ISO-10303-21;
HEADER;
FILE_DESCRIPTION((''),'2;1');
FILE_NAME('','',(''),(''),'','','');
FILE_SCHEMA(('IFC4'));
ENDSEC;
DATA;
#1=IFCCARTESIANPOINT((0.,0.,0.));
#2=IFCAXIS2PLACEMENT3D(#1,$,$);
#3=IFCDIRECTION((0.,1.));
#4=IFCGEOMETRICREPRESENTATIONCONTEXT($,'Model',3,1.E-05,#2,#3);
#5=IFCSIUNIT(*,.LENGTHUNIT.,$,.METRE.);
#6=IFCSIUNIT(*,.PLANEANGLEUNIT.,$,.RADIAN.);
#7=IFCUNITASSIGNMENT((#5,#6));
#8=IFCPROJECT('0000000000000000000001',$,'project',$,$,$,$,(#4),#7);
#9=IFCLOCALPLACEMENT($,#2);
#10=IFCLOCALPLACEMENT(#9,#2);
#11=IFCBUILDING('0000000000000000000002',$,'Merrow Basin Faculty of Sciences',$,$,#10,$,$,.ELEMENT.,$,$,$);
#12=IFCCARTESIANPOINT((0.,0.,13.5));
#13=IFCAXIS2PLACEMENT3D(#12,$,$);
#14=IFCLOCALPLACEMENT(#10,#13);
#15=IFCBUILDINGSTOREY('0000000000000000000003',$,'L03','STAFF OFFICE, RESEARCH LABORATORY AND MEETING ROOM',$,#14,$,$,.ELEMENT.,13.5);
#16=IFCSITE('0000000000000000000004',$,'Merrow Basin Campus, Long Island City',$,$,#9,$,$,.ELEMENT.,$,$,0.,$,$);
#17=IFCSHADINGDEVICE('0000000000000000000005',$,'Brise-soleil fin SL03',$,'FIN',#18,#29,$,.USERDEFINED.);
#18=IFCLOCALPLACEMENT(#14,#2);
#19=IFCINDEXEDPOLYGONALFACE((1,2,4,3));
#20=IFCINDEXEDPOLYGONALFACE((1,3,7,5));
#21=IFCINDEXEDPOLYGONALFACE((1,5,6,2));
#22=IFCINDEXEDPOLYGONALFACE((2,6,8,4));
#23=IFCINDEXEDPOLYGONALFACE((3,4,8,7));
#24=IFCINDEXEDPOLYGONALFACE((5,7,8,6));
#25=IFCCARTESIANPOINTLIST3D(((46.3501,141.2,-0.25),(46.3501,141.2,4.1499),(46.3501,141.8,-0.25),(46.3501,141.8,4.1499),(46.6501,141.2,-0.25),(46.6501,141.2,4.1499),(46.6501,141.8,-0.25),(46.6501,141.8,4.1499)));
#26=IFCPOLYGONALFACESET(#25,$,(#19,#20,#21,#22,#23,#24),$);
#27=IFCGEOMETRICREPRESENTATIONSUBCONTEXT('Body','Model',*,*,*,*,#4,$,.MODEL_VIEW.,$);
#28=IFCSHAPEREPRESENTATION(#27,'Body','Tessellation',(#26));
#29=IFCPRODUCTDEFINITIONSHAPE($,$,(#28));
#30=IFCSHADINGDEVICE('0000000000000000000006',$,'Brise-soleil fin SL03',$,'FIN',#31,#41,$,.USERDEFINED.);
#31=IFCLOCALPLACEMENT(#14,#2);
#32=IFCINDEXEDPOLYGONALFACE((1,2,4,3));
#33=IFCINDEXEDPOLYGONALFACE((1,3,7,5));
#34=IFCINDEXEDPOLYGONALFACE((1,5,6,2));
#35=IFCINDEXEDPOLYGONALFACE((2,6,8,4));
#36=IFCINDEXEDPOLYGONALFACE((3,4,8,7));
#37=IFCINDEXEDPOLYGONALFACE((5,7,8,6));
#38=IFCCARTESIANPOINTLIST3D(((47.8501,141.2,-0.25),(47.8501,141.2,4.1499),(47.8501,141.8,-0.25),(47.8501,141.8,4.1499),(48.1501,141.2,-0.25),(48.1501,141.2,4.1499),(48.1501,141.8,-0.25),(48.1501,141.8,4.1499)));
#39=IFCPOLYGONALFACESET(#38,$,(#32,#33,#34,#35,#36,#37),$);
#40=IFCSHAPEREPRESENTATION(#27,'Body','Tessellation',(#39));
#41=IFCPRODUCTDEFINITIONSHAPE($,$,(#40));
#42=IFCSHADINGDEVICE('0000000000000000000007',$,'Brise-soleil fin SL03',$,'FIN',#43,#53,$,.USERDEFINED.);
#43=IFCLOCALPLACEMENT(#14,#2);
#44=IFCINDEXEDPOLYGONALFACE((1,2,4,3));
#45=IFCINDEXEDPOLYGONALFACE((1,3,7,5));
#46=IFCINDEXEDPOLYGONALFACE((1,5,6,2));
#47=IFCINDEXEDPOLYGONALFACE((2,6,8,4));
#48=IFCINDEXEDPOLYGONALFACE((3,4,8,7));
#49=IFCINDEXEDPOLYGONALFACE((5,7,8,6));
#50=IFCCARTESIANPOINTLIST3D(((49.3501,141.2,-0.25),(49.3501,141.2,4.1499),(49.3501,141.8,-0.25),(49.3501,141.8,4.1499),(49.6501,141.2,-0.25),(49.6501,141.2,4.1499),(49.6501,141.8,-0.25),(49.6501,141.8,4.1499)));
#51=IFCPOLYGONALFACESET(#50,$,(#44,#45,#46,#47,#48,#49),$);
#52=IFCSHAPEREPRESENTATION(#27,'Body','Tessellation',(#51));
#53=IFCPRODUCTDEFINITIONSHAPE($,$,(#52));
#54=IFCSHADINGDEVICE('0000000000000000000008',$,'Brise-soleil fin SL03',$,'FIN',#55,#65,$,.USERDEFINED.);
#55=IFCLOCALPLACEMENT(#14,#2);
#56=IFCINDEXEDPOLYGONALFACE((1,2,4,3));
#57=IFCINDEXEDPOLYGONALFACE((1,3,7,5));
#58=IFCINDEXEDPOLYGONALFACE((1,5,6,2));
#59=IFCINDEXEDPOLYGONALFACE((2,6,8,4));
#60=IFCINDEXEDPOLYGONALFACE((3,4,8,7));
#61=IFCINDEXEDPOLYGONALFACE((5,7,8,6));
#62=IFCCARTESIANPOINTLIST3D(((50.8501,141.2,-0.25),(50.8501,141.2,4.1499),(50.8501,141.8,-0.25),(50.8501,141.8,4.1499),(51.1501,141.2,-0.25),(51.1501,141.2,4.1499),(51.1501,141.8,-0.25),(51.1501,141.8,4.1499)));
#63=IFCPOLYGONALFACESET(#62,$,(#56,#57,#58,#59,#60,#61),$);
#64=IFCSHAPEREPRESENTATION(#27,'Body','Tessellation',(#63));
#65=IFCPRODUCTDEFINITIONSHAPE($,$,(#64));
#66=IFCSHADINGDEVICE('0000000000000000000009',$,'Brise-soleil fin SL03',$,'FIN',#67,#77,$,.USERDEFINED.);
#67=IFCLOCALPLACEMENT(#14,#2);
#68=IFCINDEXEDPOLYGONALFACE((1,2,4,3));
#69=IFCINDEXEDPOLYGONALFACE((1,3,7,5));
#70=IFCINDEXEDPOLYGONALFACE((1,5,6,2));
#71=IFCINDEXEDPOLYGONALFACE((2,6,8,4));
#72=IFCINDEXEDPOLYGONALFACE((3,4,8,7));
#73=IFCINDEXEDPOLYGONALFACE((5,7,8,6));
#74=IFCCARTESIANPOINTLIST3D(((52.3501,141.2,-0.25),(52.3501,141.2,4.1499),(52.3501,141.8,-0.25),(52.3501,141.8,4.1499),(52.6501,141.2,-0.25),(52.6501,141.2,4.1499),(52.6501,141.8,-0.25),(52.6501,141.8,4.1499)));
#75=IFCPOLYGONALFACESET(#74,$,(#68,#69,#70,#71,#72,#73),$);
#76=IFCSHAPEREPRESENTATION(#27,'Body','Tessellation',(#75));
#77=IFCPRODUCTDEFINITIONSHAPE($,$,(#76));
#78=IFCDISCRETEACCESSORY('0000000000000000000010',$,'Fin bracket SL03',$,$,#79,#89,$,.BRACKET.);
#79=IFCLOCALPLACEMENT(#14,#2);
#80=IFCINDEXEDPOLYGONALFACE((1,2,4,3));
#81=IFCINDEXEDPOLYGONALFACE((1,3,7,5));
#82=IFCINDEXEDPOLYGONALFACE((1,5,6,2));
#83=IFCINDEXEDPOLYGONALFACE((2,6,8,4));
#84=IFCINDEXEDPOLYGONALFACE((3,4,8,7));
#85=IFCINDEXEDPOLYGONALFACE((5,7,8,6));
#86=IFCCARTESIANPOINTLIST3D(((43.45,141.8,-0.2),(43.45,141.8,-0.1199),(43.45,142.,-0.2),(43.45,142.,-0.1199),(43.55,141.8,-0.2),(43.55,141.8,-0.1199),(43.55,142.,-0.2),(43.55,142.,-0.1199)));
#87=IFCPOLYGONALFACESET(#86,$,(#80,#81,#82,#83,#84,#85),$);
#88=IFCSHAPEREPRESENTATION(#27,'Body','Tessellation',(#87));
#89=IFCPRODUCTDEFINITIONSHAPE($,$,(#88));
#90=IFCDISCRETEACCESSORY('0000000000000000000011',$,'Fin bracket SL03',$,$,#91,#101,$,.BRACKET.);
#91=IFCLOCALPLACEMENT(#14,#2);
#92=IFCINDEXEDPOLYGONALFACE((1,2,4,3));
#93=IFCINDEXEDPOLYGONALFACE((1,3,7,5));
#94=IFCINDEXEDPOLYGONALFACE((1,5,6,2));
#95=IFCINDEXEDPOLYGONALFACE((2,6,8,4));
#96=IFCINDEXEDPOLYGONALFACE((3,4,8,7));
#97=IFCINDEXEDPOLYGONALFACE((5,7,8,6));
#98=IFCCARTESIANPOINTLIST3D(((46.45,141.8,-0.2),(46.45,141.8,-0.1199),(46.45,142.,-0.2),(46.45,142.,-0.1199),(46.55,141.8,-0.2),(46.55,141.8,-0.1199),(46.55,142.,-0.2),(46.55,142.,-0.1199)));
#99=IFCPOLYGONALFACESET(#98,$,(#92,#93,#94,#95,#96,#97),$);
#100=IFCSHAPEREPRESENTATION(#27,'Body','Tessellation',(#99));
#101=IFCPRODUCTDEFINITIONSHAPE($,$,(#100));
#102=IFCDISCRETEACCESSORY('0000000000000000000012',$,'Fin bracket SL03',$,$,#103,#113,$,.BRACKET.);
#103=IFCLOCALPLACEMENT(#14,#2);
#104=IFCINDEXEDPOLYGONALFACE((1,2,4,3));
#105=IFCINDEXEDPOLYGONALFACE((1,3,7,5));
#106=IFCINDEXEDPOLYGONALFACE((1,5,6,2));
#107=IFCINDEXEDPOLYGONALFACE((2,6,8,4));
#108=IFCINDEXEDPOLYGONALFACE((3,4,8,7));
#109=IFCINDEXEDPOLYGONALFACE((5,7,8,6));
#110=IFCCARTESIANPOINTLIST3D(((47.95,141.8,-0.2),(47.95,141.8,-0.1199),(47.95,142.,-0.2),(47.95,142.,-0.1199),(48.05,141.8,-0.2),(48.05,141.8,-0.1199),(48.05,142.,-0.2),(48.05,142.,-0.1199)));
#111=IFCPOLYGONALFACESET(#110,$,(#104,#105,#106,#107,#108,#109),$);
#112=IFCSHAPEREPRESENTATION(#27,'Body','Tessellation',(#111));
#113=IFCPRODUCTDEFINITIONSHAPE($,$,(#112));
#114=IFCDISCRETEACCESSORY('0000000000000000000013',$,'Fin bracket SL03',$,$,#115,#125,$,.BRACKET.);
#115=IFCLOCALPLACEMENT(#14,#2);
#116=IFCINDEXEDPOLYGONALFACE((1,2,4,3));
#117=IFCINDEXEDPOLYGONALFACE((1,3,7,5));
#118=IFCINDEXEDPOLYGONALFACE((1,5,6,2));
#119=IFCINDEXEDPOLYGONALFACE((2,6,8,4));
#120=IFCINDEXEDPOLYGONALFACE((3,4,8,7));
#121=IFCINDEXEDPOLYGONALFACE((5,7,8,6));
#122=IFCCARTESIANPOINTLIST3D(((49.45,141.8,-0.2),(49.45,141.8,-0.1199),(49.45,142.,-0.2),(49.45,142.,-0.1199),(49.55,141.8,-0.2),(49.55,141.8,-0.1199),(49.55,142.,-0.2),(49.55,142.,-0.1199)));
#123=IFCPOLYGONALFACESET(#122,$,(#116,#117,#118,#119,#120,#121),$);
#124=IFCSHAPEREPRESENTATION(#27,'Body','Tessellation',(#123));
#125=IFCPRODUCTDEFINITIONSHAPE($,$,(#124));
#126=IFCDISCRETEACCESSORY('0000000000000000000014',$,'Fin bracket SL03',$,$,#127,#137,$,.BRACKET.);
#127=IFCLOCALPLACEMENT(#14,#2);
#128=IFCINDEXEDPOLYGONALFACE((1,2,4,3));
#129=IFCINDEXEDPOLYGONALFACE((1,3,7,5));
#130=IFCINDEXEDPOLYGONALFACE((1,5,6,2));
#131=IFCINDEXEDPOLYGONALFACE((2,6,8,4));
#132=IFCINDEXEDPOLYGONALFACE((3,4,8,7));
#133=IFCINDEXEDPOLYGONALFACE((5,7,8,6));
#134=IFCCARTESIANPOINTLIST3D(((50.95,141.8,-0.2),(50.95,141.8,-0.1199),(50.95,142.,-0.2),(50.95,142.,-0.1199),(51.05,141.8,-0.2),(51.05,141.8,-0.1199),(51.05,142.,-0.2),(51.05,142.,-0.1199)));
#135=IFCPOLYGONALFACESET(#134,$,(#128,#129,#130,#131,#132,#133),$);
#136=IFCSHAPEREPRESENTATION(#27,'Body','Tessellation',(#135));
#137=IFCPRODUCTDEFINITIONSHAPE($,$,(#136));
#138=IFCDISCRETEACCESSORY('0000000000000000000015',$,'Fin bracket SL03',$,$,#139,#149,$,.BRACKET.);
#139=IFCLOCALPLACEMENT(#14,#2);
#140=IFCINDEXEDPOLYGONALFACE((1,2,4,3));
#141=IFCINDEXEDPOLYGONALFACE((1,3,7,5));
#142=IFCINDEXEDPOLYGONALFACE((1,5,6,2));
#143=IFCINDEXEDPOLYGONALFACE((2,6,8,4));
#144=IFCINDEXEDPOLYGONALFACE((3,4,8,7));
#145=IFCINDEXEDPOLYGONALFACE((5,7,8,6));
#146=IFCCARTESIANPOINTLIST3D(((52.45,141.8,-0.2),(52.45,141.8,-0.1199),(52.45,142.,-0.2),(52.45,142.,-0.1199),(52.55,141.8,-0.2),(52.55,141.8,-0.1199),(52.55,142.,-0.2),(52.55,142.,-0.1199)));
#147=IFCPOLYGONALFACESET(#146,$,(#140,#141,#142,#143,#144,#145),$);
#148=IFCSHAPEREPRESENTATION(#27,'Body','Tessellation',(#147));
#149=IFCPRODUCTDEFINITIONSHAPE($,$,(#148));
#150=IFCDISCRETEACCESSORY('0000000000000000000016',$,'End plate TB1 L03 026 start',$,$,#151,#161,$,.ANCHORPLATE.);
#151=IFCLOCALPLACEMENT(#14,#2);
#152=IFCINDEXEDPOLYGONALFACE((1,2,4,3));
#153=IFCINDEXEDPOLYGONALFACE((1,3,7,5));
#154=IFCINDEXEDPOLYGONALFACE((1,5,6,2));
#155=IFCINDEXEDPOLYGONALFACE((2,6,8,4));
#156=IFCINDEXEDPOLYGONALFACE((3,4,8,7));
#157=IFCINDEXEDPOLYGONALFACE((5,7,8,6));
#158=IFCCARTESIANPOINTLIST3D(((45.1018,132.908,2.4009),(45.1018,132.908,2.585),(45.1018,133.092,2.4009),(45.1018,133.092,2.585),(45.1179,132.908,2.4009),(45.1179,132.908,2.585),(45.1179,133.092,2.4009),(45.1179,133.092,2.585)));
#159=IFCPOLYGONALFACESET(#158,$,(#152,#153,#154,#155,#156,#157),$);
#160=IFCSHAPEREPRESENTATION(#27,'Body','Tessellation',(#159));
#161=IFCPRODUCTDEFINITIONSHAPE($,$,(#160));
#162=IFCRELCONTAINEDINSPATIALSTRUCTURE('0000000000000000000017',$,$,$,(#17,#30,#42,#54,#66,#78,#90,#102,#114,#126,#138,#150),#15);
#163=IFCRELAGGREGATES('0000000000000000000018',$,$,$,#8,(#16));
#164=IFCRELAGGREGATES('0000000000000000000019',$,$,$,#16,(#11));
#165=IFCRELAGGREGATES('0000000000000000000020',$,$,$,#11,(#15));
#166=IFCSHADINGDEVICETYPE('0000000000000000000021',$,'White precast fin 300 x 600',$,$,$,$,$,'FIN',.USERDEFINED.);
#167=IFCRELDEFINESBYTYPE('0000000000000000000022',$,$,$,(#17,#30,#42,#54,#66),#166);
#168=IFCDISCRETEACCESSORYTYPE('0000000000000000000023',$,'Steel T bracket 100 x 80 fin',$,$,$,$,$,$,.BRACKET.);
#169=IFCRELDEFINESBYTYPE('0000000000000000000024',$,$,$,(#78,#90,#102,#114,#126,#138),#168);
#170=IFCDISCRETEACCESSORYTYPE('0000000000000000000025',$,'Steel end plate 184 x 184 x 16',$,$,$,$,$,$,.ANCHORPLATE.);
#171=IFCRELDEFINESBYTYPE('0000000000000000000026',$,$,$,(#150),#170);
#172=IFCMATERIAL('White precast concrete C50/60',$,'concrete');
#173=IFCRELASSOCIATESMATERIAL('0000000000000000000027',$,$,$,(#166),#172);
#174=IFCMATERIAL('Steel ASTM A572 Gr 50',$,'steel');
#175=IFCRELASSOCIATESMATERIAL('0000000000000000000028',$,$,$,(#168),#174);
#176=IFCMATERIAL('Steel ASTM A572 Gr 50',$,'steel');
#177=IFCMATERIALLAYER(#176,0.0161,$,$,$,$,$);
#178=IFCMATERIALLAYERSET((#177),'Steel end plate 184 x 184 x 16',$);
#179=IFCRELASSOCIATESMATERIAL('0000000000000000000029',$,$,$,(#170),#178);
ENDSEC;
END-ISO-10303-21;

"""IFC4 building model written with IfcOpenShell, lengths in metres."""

from ifc_helpers import new_model, si_unit, direction, frame, origin, place, context, subcontext, project, spatial, polyline, outline, extrude, source, transform, mapped, material, layer, layer_set, type_object, element, save


model = new_model("IFC4")

# Units and contexts
model_context = context("Model", 3, precision=1e-05, world=origin(), true_north=direction((0.0, 1.0)))
body_context = subcontext(model_context, "Body", "Model", "MODEL_VIEW")
ifc_project = project(units=[si_unit("LENGTHUNIT", "METRE"), si_unit("PLANEANGLEUNIT", "RADIAN")], contexts=[model_context])

# Site, building, storey
site_placement = place(None, origin())
site = spatial("IfcSite", under=ifc_project, at=site_placement, Name="Merrow Basin Campus, Long Island City", CompositionType="ELEMENT", RefElevation=0.0)
building_placement = place(site_placement, origin())
building = spatial("IfcBuilding", under=site, at=building_placement, Name="Merrow Basin Faculty of Sciences", CompositionType="ELEMENT")
storey_placement = place(building_placement, frame((0.0, 0.0, 13.5)))
storey = spatial("IfcBuildingStorey", under=building, at=storey_placement, Name="L03", Description="STAFF OFFICE, RESEARCH LABORATORY AND MEETING ROOM", CompositionType="ELEMENT", Elevation=13.5)

# Shading devices
ifc_material_1 = material(Name="White precast concrete C50/60", Category="concrete")
shading_device_type = type_object("IfcShadingDeviceType", Name="White precast fin 300 x 600", ElementType="FIN", PredefinedType="USERDEFINED", material=ifc_material_1)
shared_shape_1 = source(origin(), body_context, "Body", "SweptSolid", [
    extrude(outline(polyline([(0.0, 0.0), (0.3, 0.0), (0.3, 4.3999), (0.0, 4.3999), (0.0, 0.0)])), origin(), (0.0, 0.0, 1.0), 0.6001),
])
for number, where, z_axis, x_axis, name in (
    (1, (46.3501, 141.8, -0.25), (0.0, -1.0, 0.0), (1.0, 0.0, 0.0), "Brise-soleil fin SL03"),
    (2, (47.8501, 141.8, -0.25), (0.0, -1.0, 0.0), (1.0, 0.0, 0.0), "Brise-soleil fin SL03"),
    (3, (49.3501, 141.8, -0.25), (0.0, -1.0, 0.0), (1.0, 0.0, 0.0), "Brise-soleil fin SL03"),
    (4, (50.8501, 141.8, -0.25), (0.0, -1.0, 0.0), (1.0, 0.0, 0.0), "Brise-soleil fin SL03"),
    (5, (52.3501, 141.8, -0.25), (0.0, -1.0, 0.0), (1.0, 0.0, 0.0), "Brise-soleil fin SL03"),
):
    element("IfcShadingDevice", number, at=place(storey_placement, frame(where, z_axis=z_axis, x_axis=x_axis)), inside=storey, type_object=shading_device_type, Name=name, ObjectType="FIN", PredefinedType="USERDEFINED", context=body_context, shape_type="MappedRepresentation", body=[
        mapped(shared_shape_1, transform((0.0, 0.0, 0.0), scale=1.0)),
    ])

# Discrete accessories
ifc_material_2 = material(Name="Steel ASTM A572 Gr 50", Category="steel")
discrete_accessory_type_1 = type_object("IfcDiscreteAccessoryType", Name="Steel T bracket 100 x 80 fin", PredefinedType="BRACKET", material=ifc_material_2)
shared_shape_2 = source(origin(), body_context, "Body", "SweptSolid", [
    extrude(outline(polyline([(0.0, 0.0), (0.1001, 0.0), (0.1001, 0.0801), (0.0, 0.0801), (0.0, 0.0)])), origin(), (0.0, 0.0, 1.0), 0.2),
])
for number, where, z_axis, x_axis, name in (
    (6, (43.45, 142.0, -0.2), (0.0, -1.0, 0.0), (1.0, 0.0, 0.0), "Fin bracket SL03"),
    (7, (46.45, 142.0, -0.2), (0.0, -1.0, 0.0), (1.0, 0.0, 0.0), "Fin bracket SL03"),
    (8, (47.95, 142.0, -0.2), (0.0, -1.0, 0.0), (1.0, 0.0, 0.0), "Fin bracket SL03"),
    (9, (49.45, 142.0, -0.2), (0.0, -1.0, 0.0), (1.0, 0.0, 0.0), "Fin bracket SL03"),
    (10, (50.95, 142.0, -0.2), (0.0, -1.0, 0.0), (1.0, 0.0, 0.0), "Fin bracket SL03"),
    (11, (52.45, 142.0, -0.2), (0.0, -1.0, 0.0), (1.0, 0.0, 0.0), "Fin bracket SL03"),
):
    element("IfcDiscreteAccessory", number, at=place(storey_placement, frame(where, z_axis=z_axis, x_axis=x_axis)), inside=storey, type_object=discrete_accessory_type_1, Name=name, PredefinedType="BRACKET", context=body_context, shape_type="MappedRepresentation", body=[
        mapped(shared_shape_2, transform((0.0, 0.0, 0.0), scale=1.0)),
    ])
ifc_material_3 = material(Name="Steel ASTM A572 Gr 50", Category="steel")
ifc_layer_1 = layer(ifc_material_3, 0.0161)
ifc_layer_set_1 = layer_set([ifc_layer_1], Name="Steel end plate 184 x 184 x 16")
discrete_accessory_type_2 = type_object("IfcDiscreteAccessoryType", Name="Steel end plate 184 x 184 x 16", PredefinedType="ANCHORPLATE", material=ifc_layer_set_1)
shared_shape_3 = source(origin(), body_context, "Body", "SweptSolid", [
    extrude(outline(polyline([(0.0, 0.0), (0.1841, 0.0), (0.1841, 0.1841), (0.0, 0.1841), (0.0, 0.0)])), origin(), (0.0, 0.0, 1.0), 0.0161),
])
discrete_accessory_placement = place(storey_placement, frame((45.1179, 133.092, 2.4009), z_axis=(-1.0, 0.0, 0.0), x_axis=(0.0, -1.0, 0.0)))
element("IfcDiscreteAccessory", 12, at=discrete_accessory_placement, inside=storey, type_object=discrete_accessory_type_2, Name="End plate TB1 L03 026 start", PredefinedType="ANCHORPLATE", context=body_context, shape_type="MappedRepresentation", body=[
    mapped(shared_shape_3, transform((0.0, 0.0, 0.0), scale=1.0)),
])

save(model, "model.ifc")
